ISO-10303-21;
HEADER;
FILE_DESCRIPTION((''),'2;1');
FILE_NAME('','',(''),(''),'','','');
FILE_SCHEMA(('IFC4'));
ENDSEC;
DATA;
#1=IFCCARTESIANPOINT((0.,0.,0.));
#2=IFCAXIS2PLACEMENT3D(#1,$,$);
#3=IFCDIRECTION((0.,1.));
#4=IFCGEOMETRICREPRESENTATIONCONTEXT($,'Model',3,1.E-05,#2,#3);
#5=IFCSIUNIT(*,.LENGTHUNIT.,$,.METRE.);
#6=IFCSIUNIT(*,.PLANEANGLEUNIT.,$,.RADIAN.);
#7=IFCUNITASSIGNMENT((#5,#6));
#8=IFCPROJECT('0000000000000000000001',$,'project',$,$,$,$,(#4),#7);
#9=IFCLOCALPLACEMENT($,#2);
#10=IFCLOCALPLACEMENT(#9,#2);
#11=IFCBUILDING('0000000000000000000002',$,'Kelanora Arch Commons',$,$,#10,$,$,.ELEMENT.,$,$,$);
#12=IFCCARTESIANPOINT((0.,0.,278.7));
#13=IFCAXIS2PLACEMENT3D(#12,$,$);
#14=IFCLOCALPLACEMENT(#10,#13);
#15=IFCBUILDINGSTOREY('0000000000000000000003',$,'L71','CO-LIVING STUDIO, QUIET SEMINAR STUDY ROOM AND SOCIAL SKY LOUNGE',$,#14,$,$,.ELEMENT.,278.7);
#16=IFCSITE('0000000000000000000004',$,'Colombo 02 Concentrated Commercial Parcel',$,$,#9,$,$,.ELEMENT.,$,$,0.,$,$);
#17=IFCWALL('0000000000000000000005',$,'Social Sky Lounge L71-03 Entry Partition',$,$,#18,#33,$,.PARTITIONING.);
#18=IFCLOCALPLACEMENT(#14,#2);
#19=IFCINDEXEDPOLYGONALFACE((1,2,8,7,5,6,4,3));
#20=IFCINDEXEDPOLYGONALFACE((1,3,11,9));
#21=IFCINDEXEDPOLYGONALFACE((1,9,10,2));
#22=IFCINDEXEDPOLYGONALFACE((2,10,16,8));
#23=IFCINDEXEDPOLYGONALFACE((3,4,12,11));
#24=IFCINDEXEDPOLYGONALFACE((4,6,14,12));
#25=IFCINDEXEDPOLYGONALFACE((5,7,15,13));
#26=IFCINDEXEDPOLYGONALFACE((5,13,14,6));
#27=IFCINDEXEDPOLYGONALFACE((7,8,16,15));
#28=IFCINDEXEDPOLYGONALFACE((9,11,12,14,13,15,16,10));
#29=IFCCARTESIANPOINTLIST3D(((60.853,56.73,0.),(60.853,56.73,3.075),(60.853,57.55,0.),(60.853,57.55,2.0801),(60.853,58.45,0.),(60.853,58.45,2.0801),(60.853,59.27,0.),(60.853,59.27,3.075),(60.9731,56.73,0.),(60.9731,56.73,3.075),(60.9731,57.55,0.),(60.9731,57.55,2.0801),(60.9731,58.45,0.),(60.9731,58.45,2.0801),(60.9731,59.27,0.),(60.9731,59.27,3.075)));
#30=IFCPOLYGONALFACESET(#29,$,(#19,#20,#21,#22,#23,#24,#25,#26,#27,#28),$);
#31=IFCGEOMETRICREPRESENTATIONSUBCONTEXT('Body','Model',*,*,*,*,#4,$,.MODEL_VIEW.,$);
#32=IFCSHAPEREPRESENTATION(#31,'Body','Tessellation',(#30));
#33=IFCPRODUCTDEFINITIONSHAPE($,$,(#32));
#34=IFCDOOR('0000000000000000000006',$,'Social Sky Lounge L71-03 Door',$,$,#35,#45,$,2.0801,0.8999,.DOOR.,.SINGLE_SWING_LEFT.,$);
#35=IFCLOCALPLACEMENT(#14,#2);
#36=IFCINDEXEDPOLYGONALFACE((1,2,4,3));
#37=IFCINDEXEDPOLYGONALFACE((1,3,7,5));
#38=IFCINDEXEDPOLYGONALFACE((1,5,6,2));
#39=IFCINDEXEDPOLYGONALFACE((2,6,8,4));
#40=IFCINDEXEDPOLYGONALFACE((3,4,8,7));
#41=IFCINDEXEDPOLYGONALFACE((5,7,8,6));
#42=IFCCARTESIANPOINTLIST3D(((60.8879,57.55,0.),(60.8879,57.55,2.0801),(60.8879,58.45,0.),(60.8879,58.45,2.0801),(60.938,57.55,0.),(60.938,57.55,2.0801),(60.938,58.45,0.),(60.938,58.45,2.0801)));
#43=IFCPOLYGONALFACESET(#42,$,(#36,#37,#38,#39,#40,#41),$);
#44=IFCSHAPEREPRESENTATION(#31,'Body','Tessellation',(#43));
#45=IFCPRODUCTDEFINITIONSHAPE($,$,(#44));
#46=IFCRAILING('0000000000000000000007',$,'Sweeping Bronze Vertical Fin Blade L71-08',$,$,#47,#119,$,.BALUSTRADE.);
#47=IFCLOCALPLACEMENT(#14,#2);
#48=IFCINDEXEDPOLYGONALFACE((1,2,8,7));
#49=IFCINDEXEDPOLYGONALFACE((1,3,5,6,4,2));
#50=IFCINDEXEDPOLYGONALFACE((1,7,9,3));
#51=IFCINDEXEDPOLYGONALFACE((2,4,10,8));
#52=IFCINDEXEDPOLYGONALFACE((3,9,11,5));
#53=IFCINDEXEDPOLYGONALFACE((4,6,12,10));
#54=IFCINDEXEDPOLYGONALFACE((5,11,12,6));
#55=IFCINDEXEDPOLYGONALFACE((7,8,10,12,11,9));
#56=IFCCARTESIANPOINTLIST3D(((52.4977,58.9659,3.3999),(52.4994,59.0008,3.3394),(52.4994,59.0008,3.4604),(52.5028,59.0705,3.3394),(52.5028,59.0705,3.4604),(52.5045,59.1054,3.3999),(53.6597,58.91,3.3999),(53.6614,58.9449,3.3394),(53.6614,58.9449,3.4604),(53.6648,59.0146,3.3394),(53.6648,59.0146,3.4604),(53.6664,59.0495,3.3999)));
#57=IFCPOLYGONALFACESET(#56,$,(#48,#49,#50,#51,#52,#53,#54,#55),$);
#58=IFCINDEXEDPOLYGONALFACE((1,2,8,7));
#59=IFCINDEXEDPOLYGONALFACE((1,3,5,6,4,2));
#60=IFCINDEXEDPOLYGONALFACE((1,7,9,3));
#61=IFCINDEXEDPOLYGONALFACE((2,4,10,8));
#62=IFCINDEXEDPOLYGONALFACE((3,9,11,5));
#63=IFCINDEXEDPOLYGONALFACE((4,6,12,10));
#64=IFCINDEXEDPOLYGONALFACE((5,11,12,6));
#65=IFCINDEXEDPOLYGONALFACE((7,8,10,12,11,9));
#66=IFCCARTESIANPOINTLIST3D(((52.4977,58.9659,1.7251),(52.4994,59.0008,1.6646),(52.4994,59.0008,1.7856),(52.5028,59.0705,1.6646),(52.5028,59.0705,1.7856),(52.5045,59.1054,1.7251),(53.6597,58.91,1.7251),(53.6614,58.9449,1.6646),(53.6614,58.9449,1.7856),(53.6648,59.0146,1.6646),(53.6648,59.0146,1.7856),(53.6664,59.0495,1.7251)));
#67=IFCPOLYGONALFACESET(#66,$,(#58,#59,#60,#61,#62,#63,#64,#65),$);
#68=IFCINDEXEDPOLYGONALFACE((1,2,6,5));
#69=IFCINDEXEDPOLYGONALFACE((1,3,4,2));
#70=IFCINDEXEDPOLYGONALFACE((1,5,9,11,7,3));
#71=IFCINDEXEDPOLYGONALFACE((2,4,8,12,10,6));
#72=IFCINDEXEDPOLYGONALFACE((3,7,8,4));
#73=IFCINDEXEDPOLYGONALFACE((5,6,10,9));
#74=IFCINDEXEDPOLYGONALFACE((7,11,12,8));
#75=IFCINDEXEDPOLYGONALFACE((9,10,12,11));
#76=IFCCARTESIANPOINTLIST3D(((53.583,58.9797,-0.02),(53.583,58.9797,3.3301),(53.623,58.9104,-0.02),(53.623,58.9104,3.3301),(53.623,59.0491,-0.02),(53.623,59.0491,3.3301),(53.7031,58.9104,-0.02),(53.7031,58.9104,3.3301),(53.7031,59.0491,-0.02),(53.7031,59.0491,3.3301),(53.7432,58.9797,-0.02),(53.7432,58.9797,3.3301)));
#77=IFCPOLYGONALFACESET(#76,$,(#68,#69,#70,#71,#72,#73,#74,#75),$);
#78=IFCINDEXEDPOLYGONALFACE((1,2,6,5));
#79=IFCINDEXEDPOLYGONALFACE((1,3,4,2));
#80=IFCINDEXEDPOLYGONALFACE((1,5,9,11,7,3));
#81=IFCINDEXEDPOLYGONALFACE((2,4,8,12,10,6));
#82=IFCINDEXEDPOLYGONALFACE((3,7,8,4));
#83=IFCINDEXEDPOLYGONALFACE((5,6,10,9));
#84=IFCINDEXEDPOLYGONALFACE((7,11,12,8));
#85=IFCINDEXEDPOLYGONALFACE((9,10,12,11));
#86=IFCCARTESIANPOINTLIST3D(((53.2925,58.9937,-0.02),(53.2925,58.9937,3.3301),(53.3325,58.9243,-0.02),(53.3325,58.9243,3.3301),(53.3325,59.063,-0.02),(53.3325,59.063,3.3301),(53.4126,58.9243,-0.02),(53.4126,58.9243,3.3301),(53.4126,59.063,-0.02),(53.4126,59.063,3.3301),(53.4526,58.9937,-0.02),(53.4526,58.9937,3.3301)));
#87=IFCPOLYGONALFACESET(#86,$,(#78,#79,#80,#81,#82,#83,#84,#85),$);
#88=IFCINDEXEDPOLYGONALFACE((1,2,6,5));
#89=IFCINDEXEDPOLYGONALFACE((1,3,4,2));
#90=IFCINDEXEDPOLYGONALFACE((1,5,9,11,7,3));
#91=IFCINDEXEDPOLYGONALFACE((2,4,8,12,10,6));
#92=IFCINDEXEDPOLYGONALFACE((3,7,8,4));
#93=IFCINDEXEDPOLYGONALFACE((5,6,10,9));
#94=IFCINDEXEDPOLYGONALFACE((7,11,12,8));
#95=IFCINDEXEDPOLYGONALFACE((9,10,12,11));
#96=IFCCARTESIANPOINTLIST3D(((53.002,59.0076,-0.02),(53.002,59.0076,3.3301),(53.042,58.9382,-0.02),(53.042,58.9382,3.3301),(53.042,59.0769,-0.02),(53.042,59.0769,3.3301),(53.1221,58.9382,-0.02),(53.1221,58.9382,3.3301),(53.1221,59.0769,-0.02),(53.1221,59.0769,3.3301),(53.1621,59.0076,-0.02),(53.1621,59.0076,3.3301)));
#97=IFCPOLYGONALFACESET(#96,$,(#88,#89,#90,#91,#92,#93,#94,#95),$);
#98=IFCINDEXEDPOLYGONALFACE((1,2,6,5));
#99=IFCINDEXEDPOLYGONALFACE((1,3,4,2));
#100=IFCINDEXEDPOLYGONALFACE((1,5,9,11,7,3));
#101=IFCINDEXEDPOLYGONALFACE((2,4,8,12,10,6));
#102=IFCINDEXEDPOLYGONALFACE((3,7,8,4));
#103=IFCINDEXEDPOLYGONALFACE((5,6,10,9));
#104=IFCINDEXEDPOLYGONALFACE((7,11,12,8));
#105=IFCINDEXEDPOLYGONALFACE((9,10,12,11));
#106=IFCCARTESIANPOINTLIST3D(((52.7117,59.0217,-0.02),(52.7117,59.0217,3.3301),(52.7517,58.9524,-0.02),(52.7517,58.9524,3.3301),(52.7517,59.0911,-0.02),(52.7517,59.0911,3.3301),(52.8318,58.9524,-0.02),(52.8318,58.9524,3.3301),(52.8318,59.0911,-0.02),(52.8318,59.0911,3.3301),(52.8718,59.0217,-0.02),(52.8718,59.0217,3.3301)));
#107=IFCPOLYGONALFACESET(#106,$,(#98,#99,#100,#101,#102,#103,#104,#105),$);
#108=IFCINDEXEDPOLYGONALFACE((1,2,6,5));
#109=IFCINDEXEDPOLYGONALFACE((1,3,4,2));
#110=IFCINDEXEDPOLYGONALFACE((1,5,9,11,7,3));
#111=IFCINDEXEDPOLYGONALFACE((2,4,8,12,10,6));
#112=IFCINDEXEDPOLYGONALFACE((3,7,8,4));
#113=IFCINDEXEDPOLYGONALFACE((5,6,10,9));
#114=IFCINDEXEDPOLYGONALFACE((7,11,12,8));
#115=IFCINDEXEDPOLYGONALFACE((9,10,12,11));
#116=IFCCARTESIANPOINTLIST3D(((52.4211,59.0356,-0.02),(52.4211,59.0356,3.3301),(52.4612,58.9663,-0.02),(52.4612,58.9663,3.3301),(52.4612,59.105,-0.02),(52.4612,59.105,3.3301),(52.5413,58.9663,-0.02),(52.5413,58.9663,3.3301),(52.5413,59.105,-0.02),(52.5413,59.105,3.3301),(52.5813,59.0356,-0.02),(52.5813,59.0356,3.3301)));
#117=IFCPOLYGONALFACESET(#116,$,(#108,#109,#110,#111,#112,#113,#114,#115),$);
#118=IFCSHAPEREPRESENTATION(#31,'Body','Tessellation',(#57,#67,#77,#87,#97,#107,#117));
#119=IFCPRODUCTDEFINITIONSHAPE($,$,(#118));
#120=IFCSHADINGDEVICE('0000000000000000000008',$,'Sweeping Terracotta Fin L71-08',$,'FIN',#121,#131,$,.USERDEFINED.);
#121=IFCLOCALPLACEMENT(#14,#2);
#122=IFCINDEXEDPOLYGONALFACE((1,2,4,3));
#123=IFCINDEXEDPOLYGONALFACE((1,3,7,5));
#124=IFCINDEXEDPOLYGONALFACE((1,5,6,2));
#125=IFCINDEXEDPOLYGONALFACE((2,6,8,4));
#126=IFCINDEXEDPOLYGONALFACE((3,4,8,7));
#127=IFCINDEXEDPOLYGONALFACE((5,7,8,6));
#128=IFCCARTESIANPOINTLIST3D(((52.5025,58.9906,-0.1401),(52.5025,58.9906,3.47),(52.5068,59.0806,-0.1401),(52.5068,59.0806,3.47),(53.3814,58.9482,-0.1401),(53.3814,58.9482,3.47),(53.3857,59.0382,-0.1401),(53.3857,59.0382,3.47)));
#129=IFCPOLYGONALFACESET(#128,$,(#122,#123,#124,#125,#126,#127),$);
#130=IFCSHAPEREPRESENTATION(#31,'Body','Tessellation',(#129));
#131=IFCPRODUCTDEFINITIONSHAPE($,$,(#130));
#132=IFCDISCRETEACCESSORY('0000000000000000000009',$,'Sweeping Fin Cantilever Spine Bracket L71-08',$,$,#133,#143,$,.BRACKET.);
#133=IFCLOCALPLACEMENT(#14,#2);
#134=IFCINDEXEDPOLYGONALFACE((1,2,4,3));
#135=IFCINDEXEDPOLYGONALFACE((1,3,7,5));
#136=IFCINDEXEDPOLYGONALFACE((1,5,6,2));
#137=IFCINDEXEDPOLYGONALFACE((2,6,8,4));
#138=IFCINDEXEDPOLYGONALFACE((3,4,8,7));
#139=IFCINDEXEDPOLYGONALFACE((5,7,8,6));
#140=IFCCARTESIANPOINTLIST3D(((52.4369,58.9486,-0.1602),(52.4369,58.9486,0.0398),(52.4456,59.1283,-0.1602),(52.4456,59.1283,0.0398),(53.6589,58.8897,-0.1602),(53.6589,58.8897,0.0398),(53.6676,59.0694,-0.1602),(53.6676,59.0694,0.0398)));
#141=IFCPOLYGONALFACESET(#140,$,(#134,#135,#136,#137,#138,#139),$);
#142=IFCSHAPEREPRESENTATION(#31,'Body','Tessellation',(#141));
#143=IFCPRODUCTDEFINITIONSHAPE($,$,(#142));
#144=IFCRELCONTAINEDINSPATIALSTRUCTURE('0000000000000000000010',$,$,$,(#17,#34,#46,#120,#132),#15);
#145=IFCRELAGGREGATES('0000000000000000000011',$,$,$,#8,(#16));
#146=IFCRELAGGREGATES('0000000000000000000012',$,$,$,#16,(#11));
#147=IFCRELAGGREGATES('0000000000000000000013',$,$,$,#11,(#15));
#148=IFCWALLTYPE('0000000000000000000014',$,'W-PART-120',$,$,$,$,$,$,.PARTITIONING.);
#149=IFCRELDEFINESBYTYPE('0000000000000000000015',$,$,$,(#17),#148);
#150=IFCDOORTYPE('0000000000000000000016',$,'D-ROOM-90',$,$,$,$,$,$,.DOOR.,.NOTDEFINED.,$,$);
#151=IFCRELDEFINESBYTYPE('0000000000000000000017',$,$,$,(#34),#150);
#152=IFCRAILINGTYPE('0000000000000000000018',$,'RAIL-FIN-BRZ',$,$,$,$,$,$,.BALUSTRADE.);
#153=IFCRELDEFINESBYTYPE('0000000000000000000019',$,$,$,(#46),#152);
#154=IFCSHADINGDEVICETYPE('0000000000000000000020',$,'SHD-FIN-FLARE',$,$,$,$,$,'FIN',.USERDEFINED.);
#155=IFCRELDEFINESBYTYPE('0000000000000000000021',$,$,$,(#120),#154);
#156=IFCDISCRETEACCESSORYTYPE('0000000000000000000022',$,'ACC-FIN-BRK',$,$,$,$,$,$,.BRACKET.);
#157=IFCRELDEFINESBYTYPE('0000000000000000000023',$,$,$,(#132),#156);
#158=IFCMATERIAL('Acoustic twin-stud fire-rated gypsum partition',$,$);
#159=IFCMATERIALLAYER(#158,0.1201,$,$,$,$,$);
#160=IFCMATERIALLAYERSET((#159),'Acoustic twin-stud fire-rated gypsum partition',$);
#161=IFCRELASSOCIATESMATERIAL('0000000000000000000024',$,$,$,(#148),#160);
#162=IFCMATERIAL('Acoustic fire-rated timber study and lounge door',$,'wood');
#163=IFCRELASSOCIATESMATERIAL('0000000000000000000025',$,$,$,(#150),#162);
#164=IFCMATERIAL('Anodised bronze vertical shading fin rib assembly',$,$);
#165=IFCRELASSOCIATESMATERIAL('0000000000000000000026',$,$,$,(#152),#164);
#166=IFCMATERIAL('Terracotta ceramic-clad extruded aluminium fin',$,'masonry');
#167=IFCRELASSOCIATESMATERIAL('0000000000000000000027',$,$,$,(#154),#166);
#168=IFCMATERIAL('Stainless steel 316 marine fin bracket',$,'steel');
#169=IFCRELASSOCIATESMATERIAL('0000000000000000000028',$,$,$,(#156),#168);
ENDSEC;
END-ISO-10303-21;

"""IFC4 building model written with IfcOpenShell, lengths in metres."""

from ifc_helpers import new_model, si_unit, direction, frame, frame_2d, origin, origin_2d, place, context, subcontext, project, spatial, polyline, rectangle, outline, extrude, source, transform, mapped, material, layer, layer_set, type_object, element, fill, save


model = new_model("IFC4")

# Units and contexts
model_context = context("Model", 3, precision=1e-05, world=origin(), true_north=direction((0.0, 1.0)))
body_context = subcontext(model_context, "Body", "Model", "MODEL_VIEW")
ifc_project = project(units=[si_unit("LENGTHUNIT", "METRE"), si_unit("PLANEANGLEUNIT", "RADIAN")], contexts=[model_context])

# Site, building, storey
site_placement = place(None, origin())
site = spatial("IfcSite", under=ifc_project, at=site_placement, Name="Colombo 02 Concentrated Commercial Parcel", CompositionType="ELEMENT", RefElevation=0.0)
building_placement = place(site_placement, origin())
building = spatial("IfcBuilding", under=site, at=building_placement, Name="Kelanora Arch Commons", CompositionType="ELEMENT")
storey_placement = place(building_placement, frame((0.0, 0.0, 278.7)))
storey = spatial("IfcBuildingStorey", under=building, at=storey_placement, Name="L71", Description="CO-LIVING STUDIO, QUIET SEMINAR STUDY ROOM AND SOCIAL SKY LOUNGE", CompositionType="ELEMENT", Elevation=278.7)

# Wall, opening, door
ifc_material_1 = material(Name="Acoustic twin-stud fire-rated gypsum partition")
ifc_layer_1 = layer(ifc_material_1, 0.1201)
ifc_layer_set_1 = layer_set([ifc_layer_1], Name="Acoustic twin-stud fire-rated gypsum partition")
wall_type_1 = type_object("IfcWallType", Name="W-PART-120", PredefinedType="PARTITIONING", material=ifc_layer_set_1)
wall_1_placement = place(storey_placement, frame((60.9131, 59.27, 0.0), z_axis=(0.0, 0.0, 1.0), x_axis=(0.0, -1.0, 0.0)))
wall_1 = element("IfcWall", 1, at=wall_1_placement, inside=storey, type_object=wall_type_1, Name="Social Sky Lounge L71-03 Entry Partition", PredefinedType="PARTITIONING", context=body_context, shape_type="SweptSolid", body=[
    extrude(rectangle(XDim=2.54, YDim=0.1201, at=frame_2d((1.27, 0.0))), origin(), (0.0, 0.0, 1.0), 3.075),
])
opening_placement = place(wall_1_placement, frame((0.8201, 0.0, 0.0)))
opening = element("IfcOpeningElement", 2, at=opening_placement, cuts=wall_1, PredefinedType="OPENING", context=body_context, shape_type="SweptSolid", body=[
    extrude(rectangle(XDim=0.8999, YDim=2.0801, at=frame_2d((0.45, 1.04))), frame((0.0, 0.0701, 0.0), z_axis=(0.0, -1.0, 0.0), x_axis=(1.0, 0.0, 0.0)), (0.0, 0.0, 1.0), 0.1401),
])
ifc_material_2 = material(Name="Acoustic fire-rated timber study and lounge door", Category="wood")
door_type = type_object("IfcDoorType", Name="D-ROOM-90", OperationType="NOTDEFINED", PredefinedType="DOOR", material=ifc_material_2)
door_placement = place(opening_placement, origin())
door = element("IfcDoor", 3, at=door_placement, inside=storey, type_object=door_type, Name="Social Sky Lounge L71-03 Door", OperationType="SINGLE_SWING_LEFT", OverallHeight=2.0801, OverallWidth=0.8999, PredefinedType="DOOR", context=body_context, shape_type="SweptSolid", body=[
    extrude(rectangle(XDim=0.8999, YDim=2.0801, at=frame_2d((0.45, 1.04))), frame((0.0, 0.0249, 0.0), z_axis=(0.0, -1.0, 0.0), x_axis=(1.0, 0.0, 0.0)), (0.0, 0.0, 1.0), 0.05),
])
fill(opening, door)

# Railing
ifc_material_3 = material(Name="Anodised bronze vertical shading fin rib assembly")
railing_type = type_object("IfcRailingType", Name="RAIL-FIN-BRZ", PredefinedType="BALUSTRADE", material=ifc_material_3)
railing_placement = place(storey_placement, frame((53.6631, 58.9797, -0.02)))
element("IfcRailing", 4, at=railing_placement, inside=storey, type_object=railing_type, Name="Sweeping Bronze Vertical Fin Blade L71-08", PredefinedType="BALUSTRADE", context=body_context, shape_type="SweptSolid", body=[
    extrude(outline(polyline([(0.0698, 0.0), (0.0349, 0.0605), (-0.0349, 0.0605), (-0.0698, 0.0), (-0.0349, -0.0605), (0.0349, -0.0605), (0.0698, 0.0)])), frame((0.0, 0.0, 3.4199), z_axis=(-0.998844, 0.048064, 0.0), x_axis=(-0.048064, -0.998844, 0.0)), (0.0, 0.0, 1.0), 1.1633),
    extrude(outline(polyline([(0.0698, 0.0), (0.0349, 0.0605), (-0.0349, 0.0605), (-0.0698, 0.0), (-0.0349, -0.0605), (0.0349, -0.0605), (0.0698, 0.0)])), frame((0.0, 0.0, 1.7451), z_axis=(-0.998844, 0.048064, 0.0), x_axis=(-0.048064, -0.998844, 0.0)), (0.0, 0.0, 1.0), 1.1633),
    extrude(outline(polyline([(0.0801, 0.0), (0.04, 0.0693), (-0.04, 0.0693), (-0.0801, 0.0), (-0.04, -0.0693), (0.04, -0.0693), (0.0801, 0.0)])), origin(), (0.0, 0.0, 1.0), 3.3501),
    extrude(outline(polyline([(0.0801, 0.0), (0.04, 0.0693), (-0.04, 0.0693), (-0.0801, 0.0), (-0.04, -0.0693), (0.04, -0.0693), (0.0801, 0.0)])), frame((-0.2905, 0.0139, 0.0)), (0.0, 0.0, 1.0), 3.3501),
    extrude(outline(polyline([(0.0801, 0.0), (0.04, 0.0693), (-0.04, 0.0693), (-0.0801, 0.0), (-0.04, -0.0693), (0.04, -0.0693), (0.0801, 0.0)])), frame((-0.5811, 0.0278, 0.0)), (0.0, 0.0, 1.0), 3.3501),
    extrude(outline(polyline([(0.0801, 0.0), (0.04, 0.0693), (-0.04, 0.0693), (-0.0801, 0.0), (-0.04, -0.0693), (0.04, -0.0693), (0.0801, 0.0)])), frame((-0.8713, 0.042, 0.0)), (0.0, 0.0, 1.0), 3.3501),
    extrude(outline(polyline([(0.0801, 0.0), (0.04, 0.0693), (-0.04, 0.0693), (-0.0801, 0.0), (-0.04, -0.0693), (0.04, -0.0693), (0.0801, 0.0)])), frame((-1.1619, 0.0559, 0.0)), (0.0, 0.0, 1.0), 3.3501),
])

# Shading device
ifc_material_4 = material(Name="Terracotta ceramic-clad extruded aluminium fin", Category="masonry")
shading_device_type = type_object("IfcShadingDeviceType", Name="SHD-FIN-FLARE", ElementType="FIN", PredefinedType="USERDEFINED", material=ifc_material_4)
shared_shape_1 = source(origin(), body_context, "Body", "SweptSolid", [
    extrude(rectangle(XDim=0.8799, YDim=0.0901, at=origin_2d()), origin(), (0.0, 0.0, 1.0), 3.6101),
])
shading_device_placement = place(storey_placement, frame((52.9441, 59.0144, -0.1401), z_axis=(0.0, 0.0, 1.0), x_axis=(-0.99884, 0.048152, 0.0)))
element("IfcShadingDevice", 5, at=shading_device_placement, inside=storey, type_object=shading_device_type, Name="Sweeping Terracotta Fin L71-08", ObjectType="FIN", PredefinedType="USERDEFINED", context=body_context, shape_type="MappedRepresentation", body=[
    mapped(shared_shape_1, transform((0.0, 0.0, 0.0), scale=1.0)),
])

# Discrete accessory
ifc_material_5 = material(Name="Stainless steel 316 marine fin bracket", Category="steel")
discrete_accessory_type = type_object("IfcDiscreteAccessoryType", Name="ACC-FIN-BRK", PredefinedType="BRACKET", material=ifc_material_5)
shared_shape_2 = source(origin(), body_context, "Body", "SweptSolid", [
    extrude(rectangle(XDim=1.2234, YDim=0.1799, at=origin_2d()), origin(), (0.0, 0.0, 1.0), 0.2),
])
discrete_accessory_placement = place(storey_placement, frame((53.0522, 59.009, -0.1602), z_axis=(0.0, 0.0, 1.0), x_axis=(-0.99884, 0.048152, 0.0)))
element("IfcDiscreteAccessory", 6, at=discrete_accessory_placement, inside=storey, type_object=discrete_accessory_type, Name="Sweeping Fin Cantilever Spine Bracket L71-08", PredefinedType="BRACKET", context=body_context, shape_type="MappedRepresentation", body=[
    mapped(shared_shape_2, transform((0.0, 0.0, 0.0), scale=1.0)),
])

save(model, "model.ifc")
